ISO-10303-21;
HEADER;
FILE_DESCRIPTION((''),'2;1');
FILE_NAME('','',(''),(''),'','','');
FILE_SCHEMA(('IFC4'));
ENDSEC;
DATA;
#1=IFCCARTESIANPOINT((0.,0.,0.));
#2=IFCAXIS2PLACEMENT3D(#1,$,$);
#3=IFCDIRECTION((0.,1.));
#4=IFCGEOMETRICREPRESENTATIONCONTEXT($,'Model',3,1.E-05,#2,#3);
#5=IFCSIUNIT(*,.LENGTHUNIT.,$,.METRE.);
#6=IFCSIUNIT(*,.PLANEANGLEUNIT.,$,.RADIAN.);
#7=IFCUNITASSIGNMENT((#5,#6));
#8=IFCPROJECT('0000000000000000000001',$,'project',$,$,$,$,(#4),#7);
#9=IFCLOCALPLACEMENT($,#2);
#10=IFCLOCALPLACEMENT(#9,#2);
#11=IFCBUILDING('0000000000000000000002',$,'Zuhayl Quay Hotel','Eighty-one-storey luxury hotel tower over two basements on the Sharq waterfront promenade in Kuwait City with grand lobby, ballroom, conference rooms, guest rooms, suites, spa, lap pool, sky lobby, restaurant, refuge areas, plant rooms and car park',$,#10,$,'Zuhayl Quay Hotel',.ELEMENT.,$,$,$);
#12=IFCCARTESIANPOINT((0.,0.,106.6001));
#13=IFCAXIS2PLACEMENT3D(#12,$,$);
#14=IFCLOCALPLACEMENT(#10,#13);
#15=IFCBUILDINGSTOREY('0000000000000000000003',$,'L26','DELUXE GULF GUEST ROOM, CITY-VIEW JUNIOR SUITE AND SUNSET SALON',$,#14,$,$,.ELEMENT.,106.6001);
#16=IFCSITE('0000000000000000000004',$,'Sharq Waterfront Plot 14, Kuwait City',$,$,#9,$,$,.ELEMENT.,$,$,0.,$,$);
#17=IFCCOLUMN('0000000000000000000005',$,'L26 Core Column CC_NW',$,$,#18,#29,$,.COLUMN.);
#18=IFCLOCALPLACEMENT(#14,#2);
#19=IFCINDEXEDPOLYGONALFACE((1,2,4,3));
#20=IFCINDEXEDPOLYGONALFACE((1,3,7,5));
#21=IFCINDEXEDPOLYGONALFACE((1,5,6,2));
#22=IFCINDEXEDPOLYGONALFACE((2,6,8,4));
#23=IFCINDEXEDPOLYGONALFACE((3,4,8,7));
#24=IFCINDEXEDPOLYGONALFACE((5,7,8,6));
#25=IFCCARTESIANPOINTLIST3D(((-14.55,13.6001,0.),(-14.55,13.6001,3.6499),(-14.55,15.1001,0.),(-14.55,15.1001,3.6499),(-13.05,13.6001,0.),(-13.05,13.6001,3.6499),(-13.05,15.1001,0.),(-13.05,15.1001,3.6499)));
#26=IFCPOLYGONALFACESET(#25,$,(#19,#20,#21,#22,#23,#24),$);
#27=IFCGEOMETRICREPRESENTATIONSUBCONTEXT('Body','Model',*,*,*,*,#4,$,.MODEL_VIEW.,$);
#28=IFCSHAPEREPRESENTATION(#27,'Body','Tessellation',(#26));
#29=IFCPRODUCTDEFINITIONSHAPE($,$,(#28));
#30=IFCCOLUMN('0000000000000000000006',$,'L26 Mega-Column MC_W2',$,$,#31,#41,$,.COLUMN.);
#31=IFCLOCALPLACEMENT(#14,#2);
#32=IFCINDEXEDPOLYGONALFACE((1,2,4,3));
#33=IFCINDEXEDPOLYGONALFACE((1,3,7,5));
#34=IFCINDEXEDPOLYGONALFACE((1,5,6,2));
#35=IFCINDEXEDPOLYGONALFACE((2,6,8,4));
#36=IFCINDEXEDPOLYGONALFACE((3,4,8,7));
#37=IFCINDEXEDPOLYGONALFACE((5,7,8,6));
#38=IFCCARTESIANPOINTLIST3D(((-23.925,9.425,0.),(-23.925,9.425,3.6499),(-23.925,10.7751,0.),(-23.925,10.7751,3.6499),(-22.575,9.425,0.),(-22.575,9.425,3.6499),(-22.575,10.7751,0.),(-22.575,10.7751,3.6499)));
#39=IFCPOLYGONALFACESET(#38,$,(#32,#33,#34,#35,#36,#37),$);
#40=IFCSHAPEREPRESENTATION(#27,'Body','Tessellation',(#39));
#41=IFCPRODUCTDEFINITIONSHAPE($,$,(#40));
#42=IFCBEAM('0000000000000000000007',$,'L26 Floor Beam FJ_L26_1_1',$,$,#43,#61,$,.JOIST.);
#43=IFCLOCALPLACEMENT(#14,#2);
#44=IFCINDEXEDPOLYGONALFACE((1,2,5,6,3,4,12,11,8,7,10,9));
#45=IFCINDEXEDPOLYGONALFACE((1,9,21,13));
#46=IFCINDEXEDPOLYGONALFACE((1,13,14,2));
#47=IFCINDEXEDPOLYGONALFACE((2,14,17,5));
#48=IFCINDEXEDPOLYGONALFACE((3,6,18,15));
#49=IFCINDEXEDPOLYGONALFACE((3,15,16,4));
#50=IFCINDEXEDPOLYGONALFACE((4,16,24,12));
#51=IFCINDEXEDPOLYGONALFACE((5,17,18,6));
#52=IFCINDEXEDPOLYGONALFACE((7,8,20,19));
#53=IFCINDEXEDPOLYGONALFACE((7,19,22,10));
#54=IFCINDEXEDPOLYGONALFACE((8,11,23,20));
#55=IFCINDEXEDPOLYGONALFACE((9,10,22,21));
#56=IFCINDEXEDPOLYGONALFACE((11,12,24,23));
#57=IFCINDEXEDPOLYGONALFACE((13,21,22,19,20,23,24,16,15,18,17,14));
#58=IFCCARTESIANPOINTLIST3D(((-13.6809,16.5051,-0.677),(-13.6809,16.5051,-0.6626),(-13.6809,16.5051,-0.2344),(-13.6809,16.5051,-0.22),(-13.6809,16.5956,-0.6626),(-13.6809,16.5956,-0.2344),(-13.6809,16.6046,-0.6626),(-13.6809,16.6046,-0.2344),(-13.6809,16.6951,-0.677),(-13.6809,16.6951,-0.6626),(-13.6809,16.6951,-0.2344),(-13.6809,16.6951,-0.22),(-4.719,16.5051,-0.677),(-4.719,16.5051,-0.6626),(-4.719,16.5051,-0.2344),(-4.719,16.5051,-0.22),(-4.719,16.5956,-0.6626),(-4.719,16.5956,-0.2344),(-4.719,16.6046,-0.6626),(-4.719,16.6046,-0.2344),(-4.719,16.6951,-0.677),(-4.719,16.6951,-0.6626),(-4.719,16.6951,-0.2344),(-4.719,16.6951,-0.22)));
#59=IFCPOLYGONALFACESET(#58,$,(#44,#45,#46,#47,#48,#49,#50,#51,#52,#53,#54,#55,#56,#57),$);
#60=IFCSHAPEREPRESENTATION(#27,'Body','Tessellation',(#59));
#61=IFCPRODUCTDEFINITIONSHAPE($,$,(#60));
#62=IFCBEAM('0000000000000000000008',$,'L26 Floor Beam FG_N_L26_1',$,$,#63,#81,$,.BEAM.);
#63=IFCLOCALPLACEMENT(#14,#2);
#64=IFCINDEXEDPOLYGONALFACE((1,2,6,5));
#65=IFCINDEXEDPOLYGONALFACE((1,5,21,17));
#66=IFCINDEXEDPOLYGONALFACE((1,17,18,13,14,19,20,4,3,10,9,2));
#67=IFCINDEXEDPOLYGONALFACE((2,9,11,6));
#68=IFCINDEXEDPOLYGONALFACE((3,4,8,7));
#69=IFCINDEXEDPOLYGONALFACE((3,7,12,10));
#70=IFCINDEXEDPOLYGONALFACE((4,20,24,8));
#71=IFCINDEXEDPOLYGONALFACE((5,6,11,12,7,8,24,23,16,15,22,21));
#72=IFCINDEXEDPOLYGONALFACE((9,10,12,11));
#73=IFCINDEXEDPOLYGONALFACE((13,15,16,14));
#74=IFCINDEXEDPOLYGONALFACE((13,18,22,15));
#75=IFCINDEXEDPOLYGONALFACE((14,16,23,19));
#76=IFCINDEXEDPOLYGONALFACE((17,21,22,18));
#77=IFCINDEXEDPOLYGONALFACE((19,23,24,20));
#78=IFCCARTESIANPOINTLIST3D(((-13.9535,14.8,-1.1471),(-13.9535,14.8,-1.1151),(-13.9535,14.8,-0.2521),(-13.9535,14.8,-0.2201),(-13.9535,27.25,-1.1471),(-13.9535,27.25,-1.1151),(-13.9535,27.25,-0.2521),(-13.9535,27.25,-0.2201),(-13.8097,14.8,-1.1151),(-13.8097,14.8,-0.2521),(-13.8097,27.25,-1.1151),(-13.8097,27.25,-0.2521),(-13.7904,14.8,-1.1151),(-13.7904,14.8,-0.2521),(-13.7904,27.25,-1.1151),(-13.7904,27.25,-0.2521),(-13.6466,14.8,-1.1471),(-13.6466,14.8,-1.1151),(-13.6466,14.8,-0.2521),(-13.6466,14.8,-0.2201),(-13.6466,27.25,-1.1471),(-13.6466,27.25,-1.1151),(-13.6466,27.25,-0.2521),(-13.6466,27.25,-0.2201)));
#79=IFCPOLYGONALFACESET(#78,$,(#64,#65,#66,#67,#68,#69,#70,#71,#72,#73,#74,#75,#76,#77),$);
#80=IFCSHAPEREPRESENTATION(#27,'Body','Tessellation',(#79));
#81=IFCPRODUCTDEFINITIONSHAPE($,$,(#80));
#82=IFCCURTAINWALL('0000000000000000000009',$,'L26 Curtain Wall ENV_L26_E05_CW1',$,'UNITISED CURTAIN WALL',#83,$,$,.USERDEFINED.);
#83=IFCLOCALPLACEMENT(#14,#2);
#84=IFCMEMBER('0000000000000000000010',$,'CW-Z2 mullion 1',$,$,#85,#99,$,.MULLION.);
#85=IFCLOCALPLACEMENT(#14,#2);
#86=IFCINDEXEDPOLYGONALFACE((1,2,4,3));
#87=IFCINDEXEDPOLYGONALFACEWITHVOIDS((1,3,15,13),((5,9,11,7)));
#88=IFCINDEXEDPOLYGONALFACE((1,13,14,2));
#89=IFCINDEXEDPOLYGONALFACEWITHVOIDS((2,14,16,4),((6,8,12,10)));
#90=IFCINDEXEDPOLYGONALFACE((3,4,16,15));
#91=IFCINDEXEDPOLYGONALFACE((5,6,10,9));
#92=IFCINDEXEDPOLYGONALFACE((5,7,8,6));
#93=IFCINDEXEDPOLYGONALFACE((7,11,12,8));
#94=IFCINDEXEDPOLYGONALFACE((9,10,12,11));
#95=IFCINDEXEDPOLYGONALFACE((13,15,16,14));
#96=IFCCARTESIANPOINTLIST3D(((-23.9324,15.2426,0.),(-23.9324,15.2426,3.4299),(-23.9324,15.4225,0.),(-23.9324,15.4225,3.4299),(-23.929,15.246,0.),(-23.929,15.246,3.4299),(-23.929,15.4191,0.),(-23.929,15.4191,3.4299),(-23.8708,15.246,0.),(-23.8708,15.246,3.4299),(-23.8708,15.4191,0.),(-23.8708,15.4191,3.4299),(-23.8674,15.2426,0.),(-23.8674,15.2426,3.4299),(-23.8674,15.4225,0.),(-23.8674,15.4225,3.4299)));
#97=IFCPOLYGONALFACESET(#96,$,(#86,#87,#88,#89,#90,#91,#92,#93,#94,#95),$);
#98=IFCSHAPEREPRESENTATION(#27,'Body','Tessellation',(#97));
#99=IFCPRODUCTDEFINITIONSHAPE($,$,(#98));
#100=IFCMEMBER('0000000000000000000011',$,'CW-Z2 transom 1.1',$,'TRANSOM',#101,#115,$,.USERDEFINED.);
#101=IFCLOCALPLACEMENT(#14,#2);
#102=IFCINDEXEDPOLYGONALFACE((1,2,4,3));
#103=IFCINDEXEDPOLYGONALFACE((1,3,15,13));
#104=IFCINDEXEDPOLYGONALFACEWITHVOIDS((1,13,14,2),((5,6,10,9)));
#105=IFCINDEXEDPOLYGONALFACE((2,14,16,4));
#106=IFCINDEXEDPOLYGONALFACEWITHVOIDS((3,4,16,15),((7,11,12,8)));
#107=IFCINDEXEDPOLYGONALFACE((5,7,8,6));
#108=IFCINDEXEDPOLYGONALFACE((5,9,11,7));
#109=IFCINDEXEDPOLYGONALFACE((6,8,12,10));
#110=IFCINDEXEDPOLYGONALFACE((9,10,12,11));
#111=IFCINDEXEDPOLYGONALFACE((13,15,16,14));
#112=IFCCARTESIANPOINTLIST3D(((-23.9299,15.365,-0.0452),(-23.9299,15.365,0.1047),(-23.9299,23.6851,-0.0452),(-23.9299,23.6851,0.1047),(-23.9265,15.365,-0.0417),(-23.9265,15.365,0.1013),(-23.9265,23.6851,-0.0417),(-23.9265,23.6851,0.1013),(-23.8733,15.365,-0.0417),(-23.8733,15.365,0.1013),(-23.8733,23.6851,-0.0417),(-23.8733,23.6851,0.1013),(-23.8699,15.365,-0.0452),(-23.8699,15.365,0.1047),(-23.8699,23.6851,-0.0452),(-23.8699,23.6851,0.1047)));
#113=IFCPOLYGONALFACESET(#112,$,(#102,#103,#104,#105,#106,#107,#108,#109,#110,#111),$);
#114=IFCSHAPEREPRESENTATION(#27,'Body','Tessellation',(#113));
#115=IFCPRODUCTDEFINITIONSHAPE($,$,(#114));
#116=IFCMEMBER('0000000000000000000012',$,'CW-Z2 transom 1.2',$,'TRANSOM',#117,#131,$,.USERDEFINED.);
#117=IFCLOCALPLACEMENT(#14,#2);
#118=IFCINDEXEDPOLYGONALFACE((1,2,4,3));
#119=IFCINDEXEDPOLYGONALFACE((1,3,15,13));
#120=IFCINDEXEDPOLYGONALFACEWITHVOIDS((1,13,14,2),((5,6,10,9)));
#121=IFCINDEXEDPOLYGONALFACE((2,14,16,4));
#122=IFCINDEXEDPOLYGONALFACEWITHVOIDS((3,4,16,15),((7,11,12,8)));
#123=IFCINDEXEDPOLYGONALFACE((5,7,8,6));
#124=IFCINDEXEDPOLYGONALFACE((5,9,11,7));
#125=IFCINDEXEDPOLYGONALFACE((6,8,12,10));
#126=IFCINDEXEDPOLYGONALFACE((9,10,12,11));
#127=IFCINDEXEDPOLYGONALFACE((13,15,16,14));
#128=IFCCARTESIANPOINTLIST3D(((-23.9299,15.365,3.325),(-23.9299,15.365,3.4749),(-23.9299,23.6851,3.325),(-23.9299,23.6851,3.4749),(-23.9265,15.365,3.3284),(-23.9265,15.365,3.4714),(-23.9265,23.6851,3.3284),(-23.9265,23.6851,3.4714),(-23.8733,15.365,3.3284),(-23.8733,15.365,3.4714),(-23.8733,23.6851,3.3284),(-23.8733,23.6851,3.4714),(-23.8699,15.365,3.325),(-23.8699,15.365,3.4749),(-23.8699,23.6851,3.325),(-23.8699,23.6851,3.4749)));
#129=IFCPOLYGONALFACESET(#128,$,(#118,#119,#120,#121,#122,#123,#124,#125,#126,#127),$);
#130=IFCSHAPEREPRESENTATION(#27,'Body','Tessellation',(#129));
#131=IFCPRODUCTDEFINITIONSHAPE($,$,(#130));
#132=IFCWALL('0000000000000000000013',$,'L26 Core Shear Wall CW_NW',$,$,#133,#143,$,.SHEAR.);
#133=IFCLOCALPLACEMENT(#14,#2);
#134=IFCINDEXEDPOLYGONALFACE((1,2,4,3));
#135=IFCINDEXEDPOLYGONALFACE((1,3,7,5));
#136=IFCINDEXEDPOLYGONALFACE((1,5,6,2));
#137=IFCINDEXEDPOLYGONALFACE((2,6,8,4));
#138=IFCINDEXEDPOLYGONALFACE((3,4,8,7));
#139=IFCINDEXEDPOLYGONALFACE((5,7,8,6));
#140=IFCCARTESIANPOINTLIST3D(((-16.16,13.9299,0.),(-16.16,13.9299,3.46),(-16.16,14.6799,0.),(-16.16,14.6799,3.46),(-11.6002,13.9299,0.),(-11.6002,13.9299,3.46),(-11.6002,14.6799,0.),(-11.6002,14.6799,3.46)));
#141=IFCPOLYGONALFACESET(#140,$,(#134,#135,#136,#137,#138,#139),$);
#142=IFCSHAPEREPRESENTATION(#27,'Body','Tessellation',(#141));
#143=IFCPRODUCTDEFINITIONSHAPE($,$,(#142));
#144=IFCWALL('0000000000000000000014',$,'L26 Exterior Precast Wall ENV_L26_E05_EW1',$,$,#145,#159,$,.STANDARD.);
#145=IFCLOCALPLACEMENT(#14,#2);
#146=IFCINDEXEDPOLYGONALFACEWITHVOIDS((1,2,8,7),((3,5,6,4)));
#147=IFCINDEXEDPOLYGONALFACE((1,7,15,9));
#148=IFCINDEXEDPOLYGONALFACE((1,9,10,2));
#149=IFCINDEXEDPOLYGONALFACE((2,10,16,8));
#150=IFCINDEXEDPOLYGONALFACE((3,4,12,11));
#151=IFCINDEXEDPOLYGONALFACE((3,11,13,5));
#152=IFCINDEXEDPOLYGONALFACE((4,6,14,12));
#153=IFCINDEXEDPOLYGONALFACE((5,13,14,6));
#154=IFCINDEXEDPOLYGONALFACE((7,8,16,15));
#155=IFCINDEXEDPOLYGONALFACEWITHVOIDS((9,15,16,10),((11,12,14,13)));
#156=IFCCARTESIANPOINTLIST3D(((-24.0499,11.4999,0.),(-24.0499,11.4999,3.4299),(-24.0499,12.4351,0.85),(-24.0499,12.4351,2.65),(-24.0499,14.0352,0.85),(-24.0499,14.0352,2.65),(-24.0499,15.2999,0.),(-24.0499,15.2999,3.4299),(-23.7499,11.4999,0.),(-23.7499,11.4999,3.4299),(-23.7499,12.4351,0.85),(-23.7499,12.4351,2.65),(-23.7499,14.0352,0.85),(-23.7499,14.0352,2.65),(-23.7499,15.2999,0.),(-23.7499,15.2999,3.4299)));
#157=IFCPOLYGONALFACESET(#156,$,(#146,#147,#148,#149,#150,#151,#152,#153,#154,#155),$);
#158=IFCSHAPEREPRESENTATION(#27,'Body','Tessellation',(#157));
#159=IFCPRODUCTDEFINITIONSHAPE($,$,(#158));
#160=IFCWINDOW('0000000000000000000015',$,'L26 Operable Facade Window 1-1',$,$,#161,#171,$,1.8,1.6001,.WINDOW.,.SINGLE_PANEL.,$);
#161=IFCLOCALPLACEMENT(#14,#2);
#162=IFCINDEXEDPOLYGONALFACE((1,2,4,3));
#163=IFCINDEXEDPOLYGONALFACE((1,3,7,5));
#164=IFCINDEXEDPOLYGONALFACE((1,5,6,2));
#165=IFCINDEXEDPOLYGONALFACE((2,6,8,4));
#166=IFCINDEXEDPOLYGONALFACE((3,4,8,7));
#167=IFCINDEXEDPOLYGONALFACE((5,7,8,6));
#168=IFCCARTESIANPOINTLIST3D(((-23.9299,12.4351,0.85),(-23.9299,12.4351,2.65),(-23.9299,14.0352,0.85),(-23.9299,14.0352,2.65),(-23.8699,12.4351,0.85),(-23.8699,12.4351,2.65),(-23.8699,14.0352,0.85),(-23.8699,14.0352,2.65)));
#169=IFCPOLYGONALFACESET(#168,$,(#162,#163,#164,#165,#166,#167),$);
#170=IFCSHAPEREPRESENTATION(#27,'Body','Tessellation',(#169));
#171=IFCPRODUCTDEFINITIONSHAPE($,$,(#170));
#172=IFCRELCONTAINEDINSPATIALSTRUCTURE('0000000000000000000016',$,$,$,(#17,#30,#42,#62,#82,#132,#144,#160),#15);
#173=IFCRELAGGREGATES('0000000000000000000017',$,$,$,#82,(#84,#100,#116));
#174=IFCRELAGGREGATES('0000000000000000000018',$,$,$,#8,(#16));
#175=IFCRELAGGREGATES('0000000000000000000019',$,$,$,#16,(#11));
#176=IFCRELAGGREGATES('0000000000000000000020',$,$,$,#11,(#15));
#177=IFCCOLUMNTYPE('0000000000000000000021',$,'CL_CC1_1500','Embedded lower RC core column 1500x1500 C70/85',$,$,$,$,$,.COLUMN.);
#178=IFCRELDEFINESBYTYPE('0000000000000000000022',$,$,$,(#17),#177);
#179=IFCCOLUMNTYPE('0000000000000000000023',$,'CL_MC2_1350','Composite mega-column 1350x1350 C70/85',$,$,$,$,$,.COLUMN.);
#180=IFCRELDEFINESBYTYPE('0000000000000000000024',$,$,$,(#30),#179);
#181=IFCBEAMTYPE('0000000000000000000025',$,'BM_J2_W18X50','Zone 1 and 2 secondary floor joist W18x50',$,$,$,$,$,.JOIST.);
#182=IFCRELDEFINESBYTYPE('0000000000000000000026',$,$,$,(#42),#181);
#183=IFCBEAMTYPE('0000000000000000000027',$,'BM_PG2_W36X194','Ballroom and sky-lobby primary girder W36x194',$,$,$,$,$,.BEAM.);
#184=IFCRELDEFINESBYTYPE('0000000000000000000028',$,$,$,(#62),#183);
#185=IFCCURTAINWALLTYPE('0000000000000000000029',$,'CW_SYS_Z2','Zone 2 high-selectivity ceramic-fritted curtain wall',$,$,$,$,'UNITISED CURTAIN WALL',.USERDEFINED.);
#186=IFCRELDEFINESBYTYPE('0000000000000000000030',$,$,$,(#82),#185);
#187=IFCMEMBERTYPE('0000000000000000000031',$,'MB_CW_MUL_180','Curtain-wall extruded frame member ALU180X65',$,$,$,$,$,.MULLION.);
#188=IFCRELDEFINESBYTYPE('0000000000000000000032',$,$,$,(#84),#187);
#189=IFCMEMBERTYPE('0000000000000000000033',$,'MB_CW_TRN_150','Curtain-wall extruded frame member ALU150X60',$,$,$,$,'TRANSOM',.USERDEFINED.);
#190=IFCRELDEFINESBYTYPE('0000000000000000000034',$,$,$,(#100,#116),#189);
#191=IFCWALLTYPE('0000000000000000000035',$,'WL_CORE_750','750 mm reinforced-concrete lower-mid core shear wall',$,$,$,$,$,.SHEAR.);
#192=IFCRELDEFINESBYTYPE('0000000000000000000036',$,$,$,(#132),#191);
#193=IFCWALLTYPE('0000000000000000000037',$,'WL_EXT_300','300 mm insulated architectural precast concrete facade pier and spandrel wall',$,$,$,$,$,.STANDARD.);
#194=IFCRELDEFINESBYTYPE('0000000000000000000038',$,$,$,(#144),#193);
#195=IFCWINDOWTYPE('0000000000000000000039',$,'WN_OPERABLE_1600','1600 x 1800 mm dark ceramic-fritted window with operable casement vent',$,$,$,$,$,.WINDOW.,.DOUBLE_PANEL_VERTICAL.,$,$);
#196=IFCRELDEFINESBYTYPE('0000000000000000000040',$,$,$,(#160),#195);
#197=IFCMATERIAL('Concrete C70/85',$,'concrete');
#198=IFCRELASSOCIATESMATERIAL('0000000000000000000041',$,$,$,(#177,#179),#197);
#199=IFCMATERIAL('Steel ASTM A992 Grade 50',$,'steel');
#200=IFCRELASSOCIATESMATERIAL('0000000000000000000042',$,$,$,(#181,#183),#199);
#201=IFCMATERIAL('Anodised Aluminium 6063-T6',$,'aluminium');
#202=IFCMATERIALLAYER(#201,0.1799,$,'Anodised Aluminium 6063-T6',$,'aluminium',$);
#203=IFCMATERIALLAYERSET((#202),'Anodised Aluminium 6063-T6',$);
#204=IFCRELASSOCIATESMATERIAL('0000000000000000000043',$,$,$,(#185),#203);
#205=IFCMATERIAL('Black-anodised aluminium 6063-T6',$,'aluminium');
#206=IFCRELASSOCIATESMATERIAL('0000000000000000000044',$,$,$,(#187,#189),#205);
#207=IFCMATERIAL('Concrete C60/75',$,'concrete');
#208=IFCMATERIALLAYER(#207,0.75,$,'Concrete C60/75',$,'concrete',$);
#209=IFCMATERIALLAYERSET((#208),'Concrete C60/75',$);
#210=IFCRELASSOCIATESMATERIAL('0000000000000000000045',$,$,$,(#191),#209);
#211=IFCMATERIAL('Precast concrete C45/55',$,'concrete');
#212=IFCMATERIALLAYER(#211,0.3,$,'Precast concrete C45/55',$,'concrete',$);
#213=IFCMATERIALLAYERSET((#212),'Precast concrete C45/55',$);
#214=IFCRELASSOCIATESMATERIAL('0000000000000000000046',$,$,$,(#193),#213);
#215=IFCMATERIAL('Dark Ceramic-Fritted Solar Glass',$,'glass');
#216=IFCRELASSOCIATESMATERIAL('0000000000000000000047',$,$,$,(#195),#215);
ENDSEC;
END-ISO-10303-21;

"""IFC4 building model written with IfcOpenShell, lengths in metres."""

from ifc_helpers import new_model, si_unit, direction, frame, frame_2d, origin, origin_2d, place, context, subcontext, project, spatial, rectangle, hollow_rectangle, i_section, extrude, material, layer, layer_set, material_profile, profile_set, type_object, element, fill, aggregate, save


model = new_model("IFC4")

# Units and contexts
model_context = context("Model", 3, precision=1e-05, world=origin(), true_north=direction((0.0, 1.0)))
body_context = subcontext(model_context, "Body", "Model", "MODEL_VIEW")
ifc_project = project(units=[si_unit("LENGTHUNIT", "METRE"), si_unit("PLANEANGLEUNIT", "RADIAN")], contexts=[model_context])

# Site, building, storey
site_placement = place(None, origin())
site = spatial("IfcSite", under=ifc_project, at=site_placement, Name="Sharq Waterfront Plot 14, Kuwait City", CompositionType="ELEMENT", RefElevation=0.0)
building_placement = place(site_placement, origin())
building = spatial("IfcBuilding", under=site, at=building_placement, Name="Zuhayl Quay Hotel", Description="Eighty-one-storey luxury hotel tower over two basements on the Sharq waterfront promenade in Kuwait City with grand lobby, ballroom, conference rooms, guest rooms, suites, spa, lap pool, sky lobby, restaurant, refuge areas, plant rooms and car park", LongName="Zuhayl Quay Hotel", CompositionType="ELEMENT")
storey_placement = place(building_placement, frame((0.0, 0.0, 106.6001)))
storey = spatial("IfcBuildingStorey", under=building, at=storey_placement, Name="L26", Description="DELUXE GULF GUEST ROOM, CITY-VIEW JUNIOR SUITE AND SUNSET SALON", CompositionType="ELEMENT", Elevation=106.6001)

# Columns
ifc_material_1 = material(Name="Concrete C70/85", Category="concrete")
ifc_material_profile_1 = material_profile(ifc_material_1, rectangle(XDim=1.5, YDim=1.5, at=origin_2d()), Name="RC1500X1500")
ifc_profile_set_1 = profile_set([ifc_material_profile_1], Name="Concrete C70/85")
column_type_1 = type_object("IfcColumnType", Name="CL_CC1_1500", Description="Embedded lower RC core column 1500x1500 C70/85", PredefinedType="COLUMN", material=ifc_profile_set_1)
column_1_placement = place(storey_placement, frame((-13.8, 14.3501, 0.0), z_axis=(0.0, 0.0, 1.0), x_axis=(1.0, 0.0, 0.0)))
element("IfcColumn", 1, at=column_1_placement, inside=storey, type_object=column_type_1, Name="L26 Core Column CC_NW", PredefinedType="COLUMN", context=body_context, shape_type="SweptSolid", body=[
    extrude(rectangle(XDim=1.5, YDim=1.5, at=origin_2d()), origin(), (0.0, 0.0, 1.0), 3.6499),
])
ifc_material_profile_2 = material_profile(ifc_material_1, rectangle(XDim=1.3501, YDim=1.3501, at=origin_2d()), Name="RC1350X1350")
ifc_profile_set_2 = profile_set([ifc_material_profile_2], Name="Concrete C70/85")
column_type_2 = type_object("IfcColumnType", Name="CL_MC2_1350", Description="Composite mega-column 1350x1350 C70/85", PredefinedType="COLUMN", material=ifc_profile_set_2)
column_2_placement = place(storey_placement, frame((-23.25, 10.1001, 0.0), z_axis=(0.0, 0.0, 1.0), x_axis=(1.0, 0.0, 0.0)))
element("IfcColumn", 2, at=column_2_placement, inside=storey, type_object=column_type_2, Name="L26 Mega-Column MC_W2", PredefinedType="COLUMN", context=body_context, shape_type="SweptSolid", body=[
    extrude(rectangle(XDim=1.3501, YDim=1.3501, at=origin_2d()), origin(), (0.0, 0.0, 1.0), 3.6499),
])

# Beams
ifc_material_2 = material(Name="Steel ASTM A992 Grade 50", Category="steel")
ifc_material_profile_3 = material_profile(ifc_material_2, i_section(OverallWidth=0.1899, OverallDepth=0.457, WebThickness=0.009, FlangeThickness=0.0144, at=origin_2d()), Name="W18X50")
ifc_profile_set_3 = profile_set([ifc_material_profile_3], Name="Steel ASTM A992 Grade 50")
beam_type_1 = type_object("IfcBeamType", Name="BM_J2_W18X50", Description="Zone 1 and 2 secondary floor joist W18x50", PredefinedType="JOIST", material=ifc_profile_set_3)
beam_1_placement = place(storey_placement, frame((-13.6809, 16.6001, -0.4485), z_axis=(1.0, 0.0, 0.0), x_axis=(0.0, 1.0, 0.0)))
element("IfcBeam", 3, at=beam_1_placement, inside=storey, type_object=beam_type_1, Name="L26 Floor Beam FJ_L26_1_1", PredefinedType="JOIST", context=body_context, shape_type="SweptSolid", body=[
    extrude(i_section(OverallWidth=0.1899, OverallDepth=0.457, WebThickness=0.009, FlangeThickness=0.0144, at=origin_2d()), origin(), (0.0, 0.0, 1.0), 8.9619),
])
ifc_material_profile_4 = material_profile(ifc_material_2, i_section(OverallWidth=0.3069, OverallDepth=0.927, WebThickness=0.0193, FlangeThickness=0.032, at=origin_2d()), Name="W36X194")
ifc_profile_set_4 = profile_set([ifc_material_profile_4], Name="Steel ASTM A992 Grade 50")
beam_type_2 = type_object("IfcBeamType", Name="BM_PG2_W36X194", Description="Ballroom and sky-lobby primary girder W36x194", PredefinedType="BEAM", material=ifc_profile_set_4)
beam_2_placement = place(storey_placement, frame((-13.8, 14.8, -0.6836), z_axis=(0.0, 1.0, 0.0), x_axis=(-1.0, 0.0, 0.0)))
element("IfcBeam", 4, at=beam_2_placement, inside=storey, type_object=beam_type_2, Name="L26 Floor Beam FG_N_L26_1", PredefinedType="BEAM", context=body_context, shape_type="SweptSolid", body=[
    extrude(i_section(OverallWidth=0.3069, OverallDepth=0.927, WebThickness=0.0193, FlangeThickness=0.032, at=origin_2d()), origin(), (0.0, 0.0, 1.0), 12.45),
])

# Curtain wall, members
ifc_material_3 = material(Name="Anodised Aluminium 6063-T6", Category="aluminium")
ifc_layer_1 = layer(ifc_material_3, 0.1799, Name="Anodised Aluminium 6063-T6", Category="aluminium")
ifc_layer_set_1 = layer_set([ifc_layer_1], Name="Anodised Aluminium 6063-T6")
curtain_wall_type = type_object("IfcCurtainWallType", Name="CW_SYS_Z2", Description="Zone 2 high-selectivity ceramic-fritted curtain wall", ElementType="UNITISED CURTAIN WALL", PredefinedType="USERDEFINED", material=ifc_layer_set_1)
curtain_wall_placement = place(storey_placement, origin())
curtain_wall = element("IfcCurtainWall", 5, at=curtain_wall_placement, inside=storey, type_object=curtain_wall_type, Name="L26 Curtain Wall ENV_L26_E05_CW1", ObjectType="UNITISED CURTAIN WALL", PredefinedType="USERDEFINED")
ifc_material_4 = material(Name="Black-anodised aluminium 6063-T6", Category="aluminium")
ifc_material_profile_5 = material_profile(ifc_material_4, hollow_rectangle(XDim=0.0649, YDim=0.1799, WallThickness=0.0034, at=origin_2d()), Name="ALU180X65")
ifc_profile_set_5 = profile_set([ifc_material_profile_5], Name="Black-anodised aluminium 6063-T6")
member_type_1 = type_object("IfcMemberType", Name="MB_CW_MUL_180", Description="Curtain-wall extruded frame member ALU180X65", PredefinedType="MULLION", material=ifc_profile_set_5)
member_1_placement = place(storey_placement, frame((-23.8999, 15.3325, 0.0), z_axis=(0.0, 0.0, 1.0), x_axis=(-1.0, 0.0, 0.0)))
member_1 = element("IfcMember", 6, at=member_1_placement, type_object=member_type_1, Name="CW-Z2 mullion 1", PredefinedType="MULLION", context=body_context, shape_type="SweptSolid", body=[
    extrude(hollow_rectangle(XDim=0.0649, YDim=0.1799, WallThickness=0.0034, at=origin_2d()), origin(), (0.0, 0.0, 1.0), 3.4299),
])
ifc_material_profile_6 = material_profile(ifc_material_4, hollow_rectangle(XDim=0.0601, YDim=0.1499, WallThickness=0.0034, at=origin_2d()), Name="ALU150X60")
ifc_profile_set_6 = profile_set([ifc_material_profile_6], Name="Black-anodised aluminium 6063-T6")
member_type_2 = type_object("IfcMemberType", Name="MB_CW_TRN_150", Description="Curtain-wall extruded frame member ALU150X60", ElementType="TRANSOM", PredefinedType="USERDEFINED", material=ifc_profile_set_6)
member_2_placement = place(storey_placement, frame((-23.8999, 15.365, 0.0298), z_axis=(0.0, 1.0, 0.0), x_axis=(-1.0, 0.0, 0.0)))
member_2 = element("IfcMember", 7, at=member_2_placement, type_object=member_type_2, Name="CW-Z2 transom 1.1", ObjectType="TRANSOM", PredefinedType="USERDEFINED", context=body_context, shape_type="SweptSolid", body=[
    extrude(hollow_rectangle(XDim=0.0601, YDim=0.1499, WallThickness=0.0034, at=origin_2d()), origin(), (0.0, 0.0, 1.0), 8.3201),
])
member_3_placement = place(storey_placement, frame((-23.8999, 15.365, 3.3999), z_axis=(0.0, 1.0, 0.0), x_axis=(-1.0, 0.0, 0.0)))
member_3 = element("IfcMember", 8, at=member_3_placement, type_object=member_type_2, Name="CW-Z2 transom 1.2", ObjectType="TRANSOM", PredefinedType="USERDEFINED", context=body_context, shape_type="SweptSolid", body=[
    extrude(hollow_rectangle(XDim=0.0601, YDim=0.1499, WallThickness=0.0034, at=origin_2d()), origin(), (0.0, 0.0, 1.0), 8.3201),
])
aggregate(curtain_wall, [member_1, member_2, member_3])

# Wall
ifc_material_5 = material(Name="Concrete C60/75", Category="concrete")
ifc_layer_2 = layer(ifc_material_5, 0.75, Name="Concrete C60/75", Category="concrete")
ifc_layer_set_2 = layer_set([ifc_layer_2], Name="Concrete C60/75")
wall_type_1 = type_object("IfcWallType", Name="WL_CORE_750", Description="750 mm reinforced-concrete lower-mid core shear wall", PredefinedType="SHEAR", material=ifc_layer_set_2)
wall_1_placement = place(storey_placement, frame((-16.1599, 14.3049, 0.0), z_axis=(0.0, 0.0, 1.0), x_axis=(1.0, 0.0, 0.0)))
element("IfcWall", 9, at=wall_1_placement, inside=storey, type_object=wall_type_1, Name="L26 Core Shear Wall CW_NW", PredefinedType="SHEAR", context=body_context, shape_type="SweptSolid", body=[
    extrude(rectangle(XDim=4.5598, YDim=0.75, at=frame_2d((2.2798, 0.0))), origin(), (0.0, 0.0, 1.0), 3.46),
])

# Wall, opening, window
ifc_material_6 = material(Name="Precast concrete C45/55", Category="concrete")
ifc_layer_3 = layer(ifc_material_6, 0.3, Name="Precast concrete C45/55", Category="concrete")
ifc_layer_set_3 = layer_set([ifc_layer_3], Name="Precast concrete C45/55")
wall_type_2 = type_object("IfcWallType", Name="WL_EXT_300", Description="300 mm insulated architectural precast concrete facade pier and spandrel wall", PredefinedType="STANDARD", material=ifc_layer_set_3)
wall_2_placement = place(storey_placement, frame((-23.8999, 11.5, 0.0), z_axis=(0.0, 0.0, 1.0), x_axis=(0.0, 1.0, 0.0)))
wall_2 = element("IfcWall", 10, at=wall_2_placement, inside=storey, type_object=wall_type_2, Name="L26 Exterior Precast Wall ENV_L26_E05_EW1", PredefinedType="STANDARD", context=body_context, shape_type="SweptSolid", body=[
    extrude(rectangle(XDim=3.8, YDim=0.3, at=frame_2d((1.8999, 0.0))), origin(), (0.0, 0.0, 1.0), 3.4299),
])
opening_1_placement = place(wall_2_placement, frame((0.9351, 0.0, 0.8501)))
opening_1 = element("IfcOpeningElement", 11, at=opening_1_placement, cuts=wall_2, PredefinedType="OPENING", context=body_context, shape_type="SweptSolid", body=[
    extrude(rectangle(XDim=1.6001, YDim=1.8, at=frame_2d((0.8, 0.8999))), frame((0.0, 0.1599, 0.0), z_axis=(0.0, -1.0, 0.0), x_axis=(1.0, 0.0, 0.0)), (0.0, 0.0, 1.0), 0.3201),
])
ifc_material_7 = material(Name="Dark Ceramic-Fritted Solar Glass", Category="glass")
window_type = type_object("IfcWindowType", Name="WN_OPERABLE_1600", Description="1600 x 1800 mm dark ceramic-fritted window with operable casement vent", PartitioningType="DOUBLE_PANEL_VERTICAL", PredefinedType="WINDOW", material=ifc_material_7)
window_placement = place(opening_1_placement, origin())
window = element("IfcWindow", 12, at=window_placement, inside=storey, type_object=window_type, Name="L26 Operable Facade Window 1-1", OverallHeight=1.8, OverallWidth=1.6001, PartitioningType="SINGLE_PANEL", PredefinedType="WINDOW", context=body_context, shape_type="SweptSolid", body=[
    extrude(rectangle(XDim=1.6001, YDim=1.8, at=frame_2d((0.8, 0.8999))), frame((0.0, 0.03, 0.0), z_axis=(0.0, -1.0, 0.0), x_axis=(1.0, 0.0, 0.0)), (0.0, 0.0, 1.0), 0.0601),
])
fill(opening_1, window)

save(model, "model.ifc")
